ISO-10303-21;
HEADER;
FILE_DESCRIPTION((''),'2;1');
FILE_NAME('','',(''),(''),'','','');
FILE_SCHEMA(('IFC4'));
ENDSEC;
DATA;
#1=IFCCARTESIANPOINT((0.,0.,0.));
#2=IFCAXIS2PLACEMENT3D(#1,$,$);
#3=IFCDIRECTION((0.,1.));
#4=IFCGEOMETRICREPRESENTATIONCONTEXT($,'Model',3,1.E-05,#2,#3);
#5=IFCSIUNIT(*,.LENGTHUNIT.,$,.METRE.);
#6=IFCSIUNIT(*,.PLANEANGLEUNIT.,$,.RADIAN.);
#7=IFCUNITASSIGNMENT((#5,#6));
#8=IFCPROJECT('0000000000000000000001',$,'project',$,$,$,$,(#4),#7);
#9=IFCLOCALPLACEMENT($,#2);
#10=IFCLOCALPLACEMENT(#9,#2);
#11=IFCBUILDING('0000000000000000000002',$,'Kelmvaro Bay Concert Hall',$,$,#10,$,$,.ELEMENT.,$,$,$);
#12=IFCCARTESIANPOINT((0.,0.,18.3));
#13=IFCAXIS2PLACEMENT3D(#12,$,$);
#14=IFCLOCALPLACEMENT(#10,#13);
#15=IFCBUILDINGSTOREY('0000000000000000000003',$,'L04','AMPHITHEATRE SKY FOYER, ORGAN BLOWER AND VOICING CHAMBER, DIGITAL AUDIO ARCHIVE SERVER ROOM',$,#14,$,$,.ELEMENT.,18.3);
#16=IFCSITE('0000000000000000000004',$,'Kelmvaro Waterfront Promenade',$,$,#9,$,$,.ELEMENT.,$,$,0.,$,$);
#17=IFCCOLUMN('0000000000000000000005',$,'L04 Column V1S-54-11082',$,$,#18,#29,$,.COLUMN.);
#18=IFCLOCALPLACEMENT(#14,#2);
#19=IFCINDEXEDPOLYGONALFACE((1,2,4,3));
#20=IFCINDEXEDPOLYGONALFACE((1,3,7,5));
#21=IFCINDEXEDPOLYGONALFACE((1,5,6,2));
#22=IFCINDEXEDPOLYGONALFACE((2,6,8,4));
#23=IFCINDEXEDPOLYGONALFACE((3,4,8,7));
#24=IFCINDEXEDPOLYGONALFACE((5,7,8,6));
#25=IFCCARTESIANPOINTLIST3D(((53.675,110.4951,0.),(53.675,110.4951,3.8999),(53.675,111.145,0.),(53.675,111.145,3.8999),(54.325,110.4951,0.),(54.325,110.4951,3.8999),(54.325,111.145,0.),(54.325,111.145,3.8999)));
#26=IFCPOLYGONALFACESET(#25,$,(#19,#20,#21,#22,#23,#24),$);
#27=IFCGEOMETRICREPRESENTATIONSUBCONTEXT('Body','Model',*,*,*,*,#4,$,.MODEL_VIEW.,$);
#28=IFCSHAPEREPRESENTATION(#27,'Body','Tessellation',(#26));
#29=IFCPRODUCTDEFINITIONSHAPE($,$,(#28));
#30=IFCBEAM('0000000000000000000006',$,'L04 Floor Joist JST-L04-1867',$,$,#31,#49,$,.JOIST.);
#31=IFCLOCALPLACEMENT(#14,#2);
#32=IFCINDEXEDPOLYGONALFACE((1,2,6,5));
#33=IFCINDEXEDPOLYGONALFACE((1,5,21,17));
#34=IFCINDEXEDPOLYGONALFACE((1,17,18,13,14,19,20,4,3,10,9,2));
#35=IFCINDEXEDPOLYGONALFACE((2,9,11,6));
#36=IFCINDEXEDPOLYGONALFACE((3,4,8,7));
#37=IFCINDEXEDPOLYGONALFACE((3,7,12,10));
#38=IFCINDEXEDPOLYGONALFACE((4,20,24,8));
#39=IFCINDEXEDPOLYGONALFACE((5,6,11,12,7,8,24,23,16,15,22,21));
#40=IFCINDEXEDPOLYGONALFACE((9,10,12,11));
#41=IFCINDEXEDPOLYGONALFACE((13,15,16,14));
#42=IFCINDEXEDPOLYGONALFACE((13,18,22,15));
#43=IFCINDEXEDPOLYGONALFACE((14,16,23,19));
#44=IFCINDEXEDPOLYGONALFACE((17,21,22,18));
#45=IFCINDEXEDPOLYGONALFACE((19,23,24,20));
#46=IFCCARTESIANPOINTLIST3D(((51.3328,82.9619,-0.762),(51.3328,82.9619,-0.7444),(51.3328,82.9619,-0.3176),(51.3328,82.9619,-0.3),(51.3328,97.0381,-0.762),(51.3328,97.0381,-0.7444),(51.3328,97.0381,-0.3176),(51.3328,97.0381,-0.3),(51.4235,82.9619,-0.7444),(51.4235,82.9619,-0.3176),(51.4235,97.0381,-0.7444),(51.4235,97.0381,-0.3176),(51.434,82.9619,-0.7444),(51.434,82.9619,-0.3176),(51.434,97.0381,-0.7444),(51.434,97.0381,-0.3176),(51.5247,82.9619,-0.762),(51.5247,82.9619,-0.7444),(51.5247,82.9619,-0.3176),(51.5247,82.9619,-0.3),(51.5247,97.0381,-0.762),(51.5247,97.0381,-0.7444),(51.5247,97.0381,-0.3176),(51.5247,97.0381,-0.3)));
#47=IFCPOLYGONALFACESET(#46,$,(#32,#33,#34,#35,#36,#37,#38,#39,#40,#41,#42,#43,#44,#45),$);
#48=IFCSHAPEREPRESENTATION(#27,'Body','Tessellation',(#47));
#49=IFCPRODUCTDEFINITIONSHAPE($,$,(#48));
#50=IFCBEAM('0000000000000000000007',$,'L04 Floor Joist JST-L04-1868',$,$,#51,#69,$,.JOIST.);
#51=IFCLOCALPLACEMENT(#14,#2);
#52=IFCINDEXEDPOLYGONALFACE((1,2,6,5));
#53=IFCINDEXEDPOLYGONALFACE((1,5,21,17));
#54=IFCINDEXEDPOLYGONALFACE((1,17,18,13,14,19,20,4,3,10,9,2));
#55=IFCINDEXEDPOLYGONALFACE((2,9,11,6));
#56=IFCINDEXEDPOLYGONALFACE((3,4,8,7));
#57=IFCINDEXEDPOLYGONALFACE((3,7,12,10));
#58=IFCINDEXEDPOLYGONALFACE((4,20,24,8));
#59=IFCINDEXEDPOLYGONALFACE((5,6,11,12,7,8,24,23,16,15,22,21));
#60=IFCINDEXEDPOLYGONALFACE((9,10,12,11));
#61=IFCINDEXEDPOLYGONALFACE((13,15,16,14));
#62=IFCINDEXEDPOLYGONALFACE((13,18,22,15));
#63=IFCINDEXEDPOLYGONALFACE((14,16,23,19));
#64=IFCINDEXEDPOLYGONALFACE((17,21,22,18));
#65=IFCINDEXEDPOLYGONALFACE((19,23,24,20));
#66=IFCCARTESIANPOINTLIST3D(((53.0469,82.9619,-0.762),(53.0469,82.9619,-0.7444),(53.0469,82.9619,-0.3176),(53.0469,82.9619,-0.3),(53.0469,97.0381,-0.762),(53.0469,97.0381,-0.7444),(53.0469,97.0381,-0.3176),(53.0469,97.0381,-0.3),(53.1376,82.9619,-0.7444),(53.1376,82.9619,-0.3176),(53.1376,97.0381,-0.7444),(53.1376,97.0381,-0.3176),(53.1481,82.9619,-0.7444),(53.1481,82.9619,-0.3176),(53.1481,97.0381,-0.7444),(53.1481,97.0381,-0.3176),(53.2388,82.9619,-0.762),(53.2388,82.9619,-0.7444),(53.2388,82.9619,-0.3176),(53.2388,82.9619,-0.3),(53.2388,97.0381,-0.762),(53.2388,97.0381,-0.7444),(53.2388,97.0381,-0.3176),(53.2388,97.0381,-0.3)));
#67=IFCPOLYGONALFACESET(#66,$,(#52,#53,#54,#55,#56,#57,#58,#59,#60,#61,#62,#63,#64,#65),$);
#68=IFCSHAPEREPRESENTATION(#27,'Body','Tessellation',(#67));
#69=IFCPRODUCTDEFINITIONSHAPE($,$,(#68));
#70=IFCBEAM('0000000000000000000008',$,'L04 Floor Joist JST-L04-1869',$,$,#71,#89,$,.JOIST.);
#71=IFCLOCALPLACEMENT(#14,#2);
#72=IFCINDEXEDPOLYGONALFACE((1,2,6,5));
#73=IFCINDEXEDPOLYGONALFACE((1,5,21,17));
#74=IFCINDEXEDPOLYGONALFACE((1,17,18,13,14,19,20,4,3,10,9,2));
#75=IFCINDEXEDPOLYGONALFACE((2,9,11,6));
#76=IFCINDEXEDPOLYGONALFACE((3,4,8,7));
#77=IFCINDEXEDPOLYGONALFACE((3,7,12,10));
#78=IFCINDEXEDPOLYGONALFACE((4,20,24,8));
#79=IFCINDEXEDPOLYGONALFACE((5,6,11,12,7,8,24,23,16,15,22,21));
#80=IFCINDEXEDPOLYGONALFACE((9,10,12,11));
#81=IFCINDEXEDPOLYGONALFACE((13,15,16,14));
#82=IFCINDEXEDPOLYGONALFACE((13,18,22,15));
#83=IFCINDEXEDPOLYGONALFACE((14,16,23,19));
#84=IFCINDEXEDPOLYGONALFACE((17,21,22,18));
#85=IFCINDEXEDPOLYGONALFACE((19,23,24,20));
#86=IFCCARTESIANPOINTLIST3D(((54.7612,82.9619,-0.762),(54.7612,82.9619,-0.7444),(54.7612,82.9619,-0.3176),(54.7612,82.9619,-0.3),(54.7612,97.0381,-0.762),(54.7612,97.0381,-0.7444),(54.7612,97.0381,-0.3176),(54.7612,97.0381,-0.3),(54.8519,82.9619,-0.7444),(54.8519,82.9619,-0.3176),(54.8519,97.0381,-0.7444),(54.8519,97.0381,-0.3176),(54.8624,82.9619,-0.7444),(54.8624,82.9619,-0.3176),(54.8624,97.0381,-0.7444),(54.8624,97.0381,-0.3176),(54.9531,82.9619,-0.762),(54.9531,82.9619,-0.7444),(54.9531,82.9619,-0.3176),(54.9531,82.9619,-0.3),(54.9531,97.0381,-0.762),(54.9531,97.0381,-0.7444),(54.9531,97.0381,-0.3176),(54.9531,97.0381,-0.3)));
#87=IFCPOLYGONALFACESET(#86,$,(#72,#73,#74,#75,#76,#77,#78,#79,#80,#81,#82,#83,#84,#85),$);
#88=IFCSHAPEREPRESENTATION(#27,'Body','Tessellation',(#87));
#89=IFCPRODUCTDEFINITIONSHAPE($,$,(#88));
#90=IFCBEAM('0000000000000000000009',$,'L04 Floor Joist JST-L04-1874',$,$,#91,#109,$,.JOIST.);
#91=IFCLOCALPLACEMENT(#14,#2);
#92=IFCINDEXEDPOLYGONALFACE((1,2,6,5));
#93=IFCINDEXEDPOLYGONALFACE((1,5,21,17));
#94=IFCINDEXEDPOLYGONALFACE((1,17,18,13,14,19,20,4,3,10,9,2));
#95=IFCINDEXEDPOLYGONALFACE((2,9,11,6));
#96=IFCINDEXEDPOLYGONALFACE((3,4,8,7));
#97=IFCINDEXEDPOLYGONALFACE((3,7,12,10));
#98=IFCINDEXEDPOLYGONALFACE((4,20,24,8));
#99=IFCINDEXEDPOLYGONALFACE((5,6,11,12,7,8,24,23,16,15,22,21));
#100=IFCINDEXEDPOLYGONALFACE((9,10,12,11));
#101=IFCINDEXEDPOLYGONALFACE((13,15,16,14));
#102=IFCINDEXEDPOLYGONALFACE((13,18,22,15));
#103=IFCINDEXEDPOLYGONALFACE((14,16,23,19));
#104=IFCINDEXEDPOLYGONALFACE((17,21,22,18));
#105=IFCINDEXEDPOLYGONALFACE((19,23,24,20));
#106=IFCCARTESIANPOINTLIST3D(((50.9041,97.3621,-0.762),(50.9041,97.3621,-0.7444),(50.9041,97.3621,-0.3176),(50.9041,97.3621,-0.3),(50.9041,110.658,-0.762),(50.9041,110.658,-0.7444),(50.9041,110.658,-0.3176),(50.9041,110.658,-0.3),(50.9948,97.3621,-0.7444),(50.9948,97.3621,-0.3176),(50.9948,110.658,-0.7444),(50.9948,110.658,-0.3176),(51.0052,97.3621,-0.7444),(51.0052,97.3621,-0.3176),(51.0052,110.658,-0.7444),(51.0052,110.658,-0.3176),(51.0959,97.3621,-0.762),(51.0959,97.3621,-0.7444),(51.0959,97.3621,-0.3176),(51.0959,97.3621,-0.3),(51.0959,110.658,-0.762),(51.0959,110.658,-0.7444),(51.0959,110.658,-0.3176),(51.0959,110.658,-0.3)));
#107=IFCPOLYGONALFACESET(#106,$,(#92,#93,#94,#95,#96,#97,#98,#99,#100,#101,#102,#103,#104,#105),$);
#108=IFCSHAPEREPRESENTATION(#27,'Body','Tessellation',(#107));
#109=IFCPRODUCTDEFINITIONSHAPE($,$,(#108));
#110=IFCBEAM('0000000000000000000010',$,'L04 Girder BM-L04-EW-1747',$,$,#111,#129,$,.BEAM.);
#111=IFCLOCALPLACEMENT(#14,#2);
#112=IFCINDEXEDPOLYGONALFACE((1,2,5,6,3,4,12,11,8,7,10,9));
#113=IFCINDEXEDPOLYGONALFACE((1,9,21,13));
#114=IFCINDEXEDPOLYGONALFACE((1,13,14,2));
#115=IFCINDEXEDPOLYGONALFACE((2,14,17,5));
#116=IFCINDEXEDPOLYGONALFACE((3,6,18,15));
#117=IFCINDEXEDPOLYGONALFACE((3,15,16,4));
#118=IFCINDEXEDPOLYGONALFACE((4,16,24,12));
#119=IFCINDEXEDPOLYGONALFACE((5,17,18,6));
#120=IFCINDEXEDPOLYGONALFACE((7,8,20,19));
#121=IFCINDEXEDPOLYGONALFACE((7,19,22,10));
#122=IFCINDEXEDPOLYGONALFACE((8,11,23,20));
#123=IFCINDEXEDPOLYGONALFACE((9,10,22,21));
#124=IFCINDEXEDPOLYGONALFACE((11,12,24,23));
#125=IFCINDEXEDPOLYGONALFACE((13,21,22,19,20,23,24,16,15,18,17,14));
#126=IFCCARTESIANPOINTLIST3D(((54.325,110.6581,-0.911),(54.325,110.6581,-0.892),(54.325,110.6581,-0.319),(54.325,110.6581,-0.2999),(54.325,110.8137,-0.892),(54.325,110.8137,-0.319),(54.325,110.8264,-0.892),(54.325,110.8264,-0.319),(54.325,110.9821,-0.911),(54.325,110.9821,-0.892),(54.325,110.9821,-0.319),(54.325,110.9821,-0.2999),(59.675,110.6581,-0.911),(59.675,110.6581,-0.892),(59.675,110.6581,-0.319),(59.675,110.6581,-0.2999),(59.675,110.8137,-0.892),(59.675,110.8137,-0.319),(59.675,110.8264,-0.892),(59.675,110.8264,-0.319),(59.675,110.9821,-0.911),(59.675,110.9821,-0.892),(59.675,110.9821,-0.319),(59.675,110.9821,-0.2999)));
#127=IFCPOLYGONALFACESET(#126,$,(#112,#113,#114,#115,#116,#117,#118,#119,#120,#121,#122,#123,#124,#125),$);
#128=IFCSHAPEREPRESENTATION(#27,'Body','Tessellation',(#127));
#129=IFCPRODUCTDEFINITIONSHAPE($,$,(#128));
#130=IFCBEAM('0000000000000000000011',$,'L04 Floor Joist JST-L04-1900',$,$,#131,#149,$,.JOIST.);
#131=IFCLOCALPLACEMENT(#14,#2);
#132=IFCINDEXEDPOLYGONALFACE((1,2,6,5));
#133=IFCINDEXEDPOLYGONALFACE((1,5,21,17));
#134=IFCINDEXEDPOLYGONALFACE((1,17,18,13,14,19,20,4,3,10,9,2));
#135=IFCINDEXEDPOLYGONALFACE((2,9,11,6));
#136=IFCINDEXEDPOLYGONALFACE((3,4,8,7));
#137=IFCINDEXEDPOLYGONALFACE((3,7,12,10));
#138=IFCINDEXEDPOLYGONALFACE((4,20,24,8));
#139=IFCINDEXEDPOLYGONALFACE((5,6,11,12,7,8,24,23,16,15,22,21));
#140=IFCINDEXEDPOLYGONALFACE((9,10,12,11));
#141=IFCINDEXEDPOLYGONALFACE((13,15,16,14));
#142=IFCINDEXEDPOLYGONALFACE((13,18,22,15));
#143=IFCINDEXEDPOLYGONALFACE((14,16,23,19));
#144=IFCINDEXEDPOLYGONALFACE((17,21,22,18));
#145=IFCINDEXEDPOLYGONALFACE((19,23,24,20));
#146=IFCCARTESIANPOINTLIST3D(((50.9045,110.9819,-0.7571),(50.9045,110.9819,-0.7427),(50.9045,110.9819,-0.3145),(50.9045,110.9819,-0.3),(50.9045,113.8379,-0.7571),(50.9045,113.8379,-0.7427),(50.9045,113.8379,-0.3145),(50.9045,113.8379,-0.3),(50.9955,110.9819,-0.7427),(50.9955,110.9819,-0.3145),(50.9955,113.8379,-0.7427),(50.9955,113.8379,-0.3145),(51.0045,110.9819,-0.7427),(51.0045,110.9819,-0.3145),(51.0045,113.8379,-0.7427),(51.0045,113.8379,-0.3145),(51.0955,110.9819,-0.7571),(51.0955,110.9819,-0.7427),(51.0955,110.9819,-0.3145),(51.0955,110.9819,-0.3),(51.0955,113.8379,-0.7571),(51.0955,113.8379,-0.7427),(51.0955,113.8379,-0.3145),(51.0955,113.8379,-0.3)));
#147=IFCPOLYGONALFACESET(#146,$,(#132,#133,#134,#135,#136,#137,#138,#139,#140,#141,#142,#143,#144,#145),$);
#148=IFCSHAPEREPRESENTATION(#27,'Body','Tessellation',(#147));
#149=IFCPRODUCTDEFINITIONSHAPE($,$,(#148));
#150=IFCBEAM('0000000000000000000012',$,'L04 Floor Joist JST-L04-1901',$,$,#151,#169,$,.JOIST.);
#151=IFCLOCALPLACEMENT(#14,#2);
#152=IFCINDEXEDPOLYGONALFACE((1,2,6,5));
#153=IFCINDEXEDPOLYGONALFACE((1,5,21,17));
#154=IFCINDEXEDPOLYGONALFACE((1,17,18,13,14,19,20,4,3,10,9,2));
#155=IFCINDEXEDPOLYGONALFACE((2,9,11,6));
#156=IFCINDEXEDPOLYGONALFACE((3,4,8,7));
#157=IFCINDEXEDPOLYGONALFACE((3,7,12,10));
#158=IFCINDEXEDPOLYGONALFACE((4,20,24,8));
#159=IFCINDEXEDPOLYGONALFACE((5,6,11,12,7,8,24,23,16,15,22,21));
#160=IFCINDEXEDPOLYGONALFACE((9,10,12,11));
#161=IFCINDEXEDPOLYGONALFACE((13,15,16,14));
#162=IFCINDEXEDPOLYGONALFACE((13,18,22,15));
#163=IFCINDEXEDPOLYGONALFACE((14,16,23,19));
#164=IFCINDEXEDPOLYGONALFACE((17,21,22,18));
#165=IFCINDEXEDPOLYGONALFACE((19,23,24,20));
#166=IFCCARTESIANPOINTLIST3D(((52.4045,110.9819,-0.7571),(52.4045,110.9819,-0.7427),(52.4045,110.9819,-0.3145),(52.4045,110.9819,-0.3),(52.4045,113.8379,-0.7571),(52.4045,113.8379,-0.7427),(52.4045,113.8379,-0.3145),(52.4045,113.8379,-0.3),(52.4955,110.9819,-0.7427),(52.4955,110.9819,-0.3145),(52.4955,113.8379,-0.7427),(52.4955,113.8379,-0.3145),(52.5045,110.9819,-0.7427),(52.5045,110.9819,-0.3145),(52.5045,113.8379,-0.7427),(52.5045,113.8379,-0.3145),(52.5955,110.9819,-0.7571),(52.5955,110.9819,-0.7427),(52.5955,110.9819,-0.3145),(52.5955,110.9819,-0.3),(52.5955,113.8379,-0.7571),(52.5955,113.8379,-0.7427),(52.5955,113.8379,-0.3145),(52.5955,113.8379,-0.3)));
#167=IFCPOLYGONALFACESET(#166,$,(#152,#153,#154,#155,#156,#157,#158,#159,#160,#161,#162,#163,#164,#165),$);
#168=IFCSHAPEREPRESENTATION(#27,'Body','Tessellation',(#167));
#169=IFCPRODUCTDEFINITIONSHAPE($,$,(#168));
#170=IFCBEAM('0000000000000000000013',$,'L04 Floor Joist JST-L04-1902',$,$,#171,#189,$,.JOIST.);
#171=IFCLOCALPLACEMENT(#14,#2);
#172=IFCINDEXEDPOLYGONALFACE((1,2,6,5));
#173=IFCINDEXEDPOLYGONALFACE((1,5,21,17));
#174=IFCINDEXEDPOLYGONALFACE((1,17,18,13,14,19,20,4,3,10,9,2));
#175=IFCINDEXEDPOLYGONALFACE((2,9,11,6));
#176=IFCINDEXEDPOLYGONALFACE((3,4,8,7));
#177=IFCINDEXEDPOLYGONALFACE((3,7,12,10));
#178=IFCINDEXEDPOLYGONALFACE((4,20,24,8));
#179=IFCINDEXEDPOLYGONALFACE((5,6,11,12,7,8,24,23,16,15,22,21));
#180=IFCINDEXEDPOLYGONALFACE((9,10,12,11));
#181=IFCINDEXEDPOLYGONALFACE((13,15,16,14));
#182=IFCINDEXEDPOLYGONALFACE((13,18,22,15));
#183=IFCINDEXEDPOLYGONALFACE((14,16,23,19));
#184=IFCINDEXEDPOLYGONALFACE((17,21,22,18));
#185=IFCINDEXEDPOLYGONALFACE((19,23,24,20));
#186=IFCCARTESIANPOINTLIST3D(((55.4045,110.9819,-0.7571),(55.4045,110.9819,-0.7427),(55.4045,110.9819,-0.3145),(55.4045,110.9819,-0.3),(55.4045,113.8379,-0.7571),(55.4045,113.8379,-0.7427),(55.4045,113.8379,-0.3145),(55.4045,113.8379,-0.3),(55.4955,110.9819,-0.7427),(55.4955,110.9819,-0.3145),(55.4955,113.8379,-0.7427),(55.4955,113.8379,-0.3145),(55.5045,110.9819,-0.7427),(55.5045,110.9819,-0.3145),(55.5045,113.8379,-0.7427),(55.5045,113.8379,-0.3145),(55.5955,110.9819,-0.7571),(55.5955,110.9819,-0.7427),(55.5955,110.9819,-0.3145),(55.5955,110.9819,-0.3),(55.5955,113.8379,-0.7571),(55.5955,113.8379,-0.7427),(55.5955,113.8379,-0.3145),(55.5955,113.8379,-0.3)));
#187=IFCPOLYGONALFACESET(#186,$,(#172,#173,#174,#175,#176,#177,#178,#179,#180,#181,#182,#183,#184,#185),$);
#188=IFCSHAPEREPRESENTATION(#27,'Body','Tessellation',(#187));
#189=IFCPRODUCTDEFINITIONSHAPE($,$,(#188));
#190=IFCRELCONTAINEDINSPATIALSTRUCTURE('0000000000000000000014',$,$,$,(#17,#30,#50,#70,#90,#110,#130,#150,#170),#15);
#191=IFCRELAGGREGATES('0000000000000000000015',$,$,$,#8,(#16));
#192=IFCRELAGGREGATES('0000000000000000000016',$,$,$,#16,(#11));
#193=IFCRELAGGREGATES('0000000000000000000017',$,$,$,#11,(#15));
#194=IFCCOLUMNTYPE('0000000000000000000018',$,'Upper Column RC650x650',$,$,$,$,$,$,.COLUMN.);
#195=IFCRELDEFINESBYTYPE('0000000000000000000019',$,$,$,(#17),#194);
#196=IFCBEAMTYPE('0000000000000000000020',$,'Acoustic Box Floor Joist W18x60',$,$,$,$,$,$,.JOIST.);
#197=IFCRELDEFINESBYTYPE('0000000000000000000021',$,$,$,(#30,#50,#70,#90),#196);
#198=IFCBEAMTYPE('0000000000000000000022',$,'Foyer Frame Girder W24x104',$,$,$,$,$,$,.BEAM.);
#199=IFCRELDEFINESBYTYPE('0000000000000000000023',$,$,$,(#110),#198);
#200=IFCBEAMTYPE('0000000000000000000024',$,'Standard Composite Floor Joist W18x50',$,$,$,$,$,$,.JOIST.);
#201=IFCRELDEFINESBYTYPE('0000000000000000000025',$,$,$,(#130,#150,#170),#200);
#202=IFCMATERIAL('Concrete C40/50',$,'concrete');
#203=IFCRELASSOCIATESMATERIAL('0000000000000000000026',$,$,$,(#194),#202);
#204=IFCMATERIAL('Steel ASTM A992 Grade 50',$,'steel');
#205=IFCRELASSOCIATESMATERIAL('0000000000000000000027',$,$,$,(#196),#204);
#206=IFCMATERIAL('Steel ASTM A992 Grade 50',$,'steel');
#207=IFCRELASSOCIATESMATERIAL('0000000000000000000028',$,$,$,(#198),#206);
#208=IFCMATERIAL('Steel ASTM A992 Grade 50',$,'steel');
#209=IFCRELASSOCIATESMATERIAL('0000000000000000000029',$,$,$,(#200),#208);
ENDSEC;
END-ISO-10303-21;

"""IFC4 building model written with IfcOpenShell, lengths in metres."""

from ifc_helpers import new_model, si_unit, direction, frame, origin, origin_2d, place, context, subcontext, project, spatial, rectangle, i_section, extrude, material, material_profile, profile_set, type_object, element, save


model = new_model("IFC4")

# Units and contexts
model_context = context("Model", 3, precision=1e-05, world=origin(), true_north=direction((0.0, 1.0)))
body_context = subcontext(model_context, "Body", "Model", "MODEL_VIEW")
ifc_project = project(units=[si_unit("LENGTHUNIT", "METRE"), si_unit("PLANEANGLEUNIT", "RADIAN")], contexts=[model_context])

# Site, building, storey
site_placement = place(None, origin())
site = spatial("IfcSite", under=ifc_project, at=site_placement, Name="Kelmvaro Waterfront Promenade", CompositionType="ELEMENT", RefElevation=0.0)
building_placement = place(site_placement, origin())
building = spatial("IfcBuilding", under=site, at=building_placement, Name="Kelmvaro Bay Concert Hall", CompositionType="ELEMENT")
storey_placement = place(building_placement, frame((0.0, 0.0, 18.3)))
storey = spatial("IfcBuildingStorey", under=building, at=storey_placement, Name="L04", Description="AMPHITHEATRE SKY FOYER, ORGAN BLOWER AND VOICING CHAMBER, DIGITAL AUDIO ARCHIVE SERVER ROOM", CompositionType="ELEMENT", Elevation=18.3)

# Column
ifc_material_1 = material(Name="Concrete C40/50", Category="concrete")
ifc_material_profile_1 = material_profile(ifc_material_1, rectangle(XDim=0.6499, YDim=0.6499, at=origin_2d()), Name="RC-COL-650X650")
ifc_profile_set_1 = profile_set([ifc_material_profile_1], Name="Concrete C40/50")
column_type = type_object("IfcColumnType", Name="Upper Column RC650x650", PredefinedType="COLUMN", material=ifc_profile_set_1)
column_placement = place(storey_placement, frame((54.0, 110.8201, 0.0), z_axis=(0.0, 0.0, 1.0), x_axis=(1.0, 0.0, 0.0)))
element("IfcColumn", 1, at=column_placement, inside=storey, type_object=column_type, Name="L04 Column V1S-54-11082", PredefinedType="COLUMN", context=body_context, shape_type="SweptSolid", body=[
    extrude(rectangle(XDim=0.6499, YDim=0.6499, at=origin_2d()), origin(), (0.0, 0.0, 1.0), 3.8999),
])

# Beams
ifc_material_2 = material(Name="Steel ASTM A992 Grade 50", Category="steel")
ifc_material_profile_2 = material_profile(ifc_material_2, i_section(OverallWidth=0.1919, OverallDepth=0.4619, WebThickness=0.0105, FlangeThickness=0.0176, at=origin_2d()), Name="W18X60")
ifc_profile_set_2 = profile_set([ifc_material_profile_2], Name="Steel ASTM A992 Grade 50")
beam_type_1 = type_object("IfcBeamType", Name="Acoustic Box Floor Joist W18x60", PredefinedType="JOIST", material=ifc_profile_set_2)
for number, where, z_axis, x_axis, name in (
    (2, (51.4287, 82.9619, -0.531), (0.0, 1.0, 0.0), (-1.0, 0.0, 0.0), "L04 Floor Joist JST-L04-1867"),
    (3, (53.1428, 82.9619, -0.531), (0.0, 1.0, 0.0), (-1.0, 0.0, 0.0), "L04 Floor Joist JST-L04-1868"),
    (4, (54.8572, 82.9619, -0.531), (0.0, 1.0, 0.0), (-1.0, 0.0, 0.0), "L04 Floor Joist JST-L04-1869"),
):
    element("IfcBeam", number, at=place(storey_placement, frame(where, z_axis=z_axis, x_axis=x_axis)), inside=storey, type_object=beam_type_1, Name=name, PredefinedType="JOIST", context=body_context, shape_type="SweptSolid", body=[
        extrude(i_section(OverallWidth=0.1919, OverallDepth=0.4619, WebThickness=0.0105, FlangeThickness=0.0176, at=origin_2d()), origin(), (0.0, 0.0, 1.0), 14.0762),
    ])
beam_1_placement = place(storey_placement, frame((51.0, 97.3621, -0.531), z_axis=(0.0, 1.0, 0.0), x_axis=(-1.0, 0.0, 0.0)))
element("IfcBeam", 5, at=beam_1_placement, inside=storey, type_object=beam_type_1, Name="L04 Floor Joist JST-L04-1874", PredefinedType="JOIST", context=body_context, shape_type="SweptSolid", body=[
    extrude(i_section(OverallWidth=0.1919, OverallDepth=0.4619, WebThickness=0.0105, FlangeThickness=0.0176, at=origin_2d()), origin(), (0.0, 0.0, 1.0), 13.2959),
])
ifc_material_3 = material(Name="Steel ASTM A992 Grade 50", Category="steel")
ifc_material_profile_3 = material_profile(ifc_material_3, i_section(OverallWidth=0.324, OverallDepth=0.6111, WebThickness=0.0127, FlangeThickness=0.019, at=origin_2d()), Name="W24X104")
ifc_profile_set_3 = profile_set([ifc_material_profile_3], Name="Steel ASTM A992 Grade 50")
beam_type_2 = type_object("IfcBeamType", Name="Foyer Frame Girder W24x104", PredefinedType="BEAM", material=ifc_profile_set_3)
beam_2_placement = place(storey_placement, frame((54.325, 110.8201, -0.6055), z_axis=(1.0, 0.0, 0.0), x_axis=(0.0, 1.0, 0.0)))
element("IfcBeam", 6, at=beam_2_placement, inside=storey, type_object=beam_type_2, Name="L04 Girder BM-L04-EW-1747", PredefinedType="BEAM", context=body_context, shape_type="SweptSolid", body=[
    extrude(i_section(OverallWidth=0.324, OverallDepth=0.6111, WebThickness=0.0127, FlangeThickness=0.019, at=origin_2d()), origin(), (0.0, 0.0, 1.0), 5.3501),
])
ifc_material_4 = material(Name="Steel ASTM A992 Grade 50", Category="steel")
ifc_material_profile_4 = material_profile(ifc_material_4, i_section(OverallWidth=0.1909, OverallDepth=0.457, WebThickness=0.009, FlangeThickness=0.0144, at=origin_2d()), Name="W18X50")
ifc_profile_set_4 = profile_set([ifc_material_profile_4], Name="Steel ASTM A992 Grade 50")
beam_type_3 = type_object("IfcBeamType", Name="Standard Composite Floor Joist W18x50", PredefinedType="JOIST", material=ifc_profile_set_4)
for number, where, z_axis, x_axis, name in (
    (7, (51.0, 110.9819, -0.5286), (0.0, 1.0, 0.0), (-1.0, 0.0, 0.0), "L04 Floor Joist JST-L04-1900"),
    (8, (52.5, 110.9819, -0.5286), (0.0, 1.0, 0.0), (-1.0, 0.0, 0.0), "L04 Floor Joist JST-L04-1901"),
    (9, (55.5, 110.9819, -0.5286), (0.0, 1.0, 0.0), (-1.0, 0.0, 0.0), "L04 Floor Joist JST-L04-1902"),
):
    element("IfcBeam", number, at=place(storey_placement, frame(where, z_axis=z_axis, x_axis=x_axis)), inside=storey, type_object=beam_type_3, Name=name, PredefinedType="JOIST", context=body_context, shape_type="SweptSolid", body=[
        extrude(i_section(OverallWidth=0.1909, OverallDepth=0.457, WebThickness=0.009, FlangeThickness=0.0144, at=origin_2d()), origin(), (0.0, 0.0, 1.0), 2.856),
    ])

save(model, "model.ifc")
